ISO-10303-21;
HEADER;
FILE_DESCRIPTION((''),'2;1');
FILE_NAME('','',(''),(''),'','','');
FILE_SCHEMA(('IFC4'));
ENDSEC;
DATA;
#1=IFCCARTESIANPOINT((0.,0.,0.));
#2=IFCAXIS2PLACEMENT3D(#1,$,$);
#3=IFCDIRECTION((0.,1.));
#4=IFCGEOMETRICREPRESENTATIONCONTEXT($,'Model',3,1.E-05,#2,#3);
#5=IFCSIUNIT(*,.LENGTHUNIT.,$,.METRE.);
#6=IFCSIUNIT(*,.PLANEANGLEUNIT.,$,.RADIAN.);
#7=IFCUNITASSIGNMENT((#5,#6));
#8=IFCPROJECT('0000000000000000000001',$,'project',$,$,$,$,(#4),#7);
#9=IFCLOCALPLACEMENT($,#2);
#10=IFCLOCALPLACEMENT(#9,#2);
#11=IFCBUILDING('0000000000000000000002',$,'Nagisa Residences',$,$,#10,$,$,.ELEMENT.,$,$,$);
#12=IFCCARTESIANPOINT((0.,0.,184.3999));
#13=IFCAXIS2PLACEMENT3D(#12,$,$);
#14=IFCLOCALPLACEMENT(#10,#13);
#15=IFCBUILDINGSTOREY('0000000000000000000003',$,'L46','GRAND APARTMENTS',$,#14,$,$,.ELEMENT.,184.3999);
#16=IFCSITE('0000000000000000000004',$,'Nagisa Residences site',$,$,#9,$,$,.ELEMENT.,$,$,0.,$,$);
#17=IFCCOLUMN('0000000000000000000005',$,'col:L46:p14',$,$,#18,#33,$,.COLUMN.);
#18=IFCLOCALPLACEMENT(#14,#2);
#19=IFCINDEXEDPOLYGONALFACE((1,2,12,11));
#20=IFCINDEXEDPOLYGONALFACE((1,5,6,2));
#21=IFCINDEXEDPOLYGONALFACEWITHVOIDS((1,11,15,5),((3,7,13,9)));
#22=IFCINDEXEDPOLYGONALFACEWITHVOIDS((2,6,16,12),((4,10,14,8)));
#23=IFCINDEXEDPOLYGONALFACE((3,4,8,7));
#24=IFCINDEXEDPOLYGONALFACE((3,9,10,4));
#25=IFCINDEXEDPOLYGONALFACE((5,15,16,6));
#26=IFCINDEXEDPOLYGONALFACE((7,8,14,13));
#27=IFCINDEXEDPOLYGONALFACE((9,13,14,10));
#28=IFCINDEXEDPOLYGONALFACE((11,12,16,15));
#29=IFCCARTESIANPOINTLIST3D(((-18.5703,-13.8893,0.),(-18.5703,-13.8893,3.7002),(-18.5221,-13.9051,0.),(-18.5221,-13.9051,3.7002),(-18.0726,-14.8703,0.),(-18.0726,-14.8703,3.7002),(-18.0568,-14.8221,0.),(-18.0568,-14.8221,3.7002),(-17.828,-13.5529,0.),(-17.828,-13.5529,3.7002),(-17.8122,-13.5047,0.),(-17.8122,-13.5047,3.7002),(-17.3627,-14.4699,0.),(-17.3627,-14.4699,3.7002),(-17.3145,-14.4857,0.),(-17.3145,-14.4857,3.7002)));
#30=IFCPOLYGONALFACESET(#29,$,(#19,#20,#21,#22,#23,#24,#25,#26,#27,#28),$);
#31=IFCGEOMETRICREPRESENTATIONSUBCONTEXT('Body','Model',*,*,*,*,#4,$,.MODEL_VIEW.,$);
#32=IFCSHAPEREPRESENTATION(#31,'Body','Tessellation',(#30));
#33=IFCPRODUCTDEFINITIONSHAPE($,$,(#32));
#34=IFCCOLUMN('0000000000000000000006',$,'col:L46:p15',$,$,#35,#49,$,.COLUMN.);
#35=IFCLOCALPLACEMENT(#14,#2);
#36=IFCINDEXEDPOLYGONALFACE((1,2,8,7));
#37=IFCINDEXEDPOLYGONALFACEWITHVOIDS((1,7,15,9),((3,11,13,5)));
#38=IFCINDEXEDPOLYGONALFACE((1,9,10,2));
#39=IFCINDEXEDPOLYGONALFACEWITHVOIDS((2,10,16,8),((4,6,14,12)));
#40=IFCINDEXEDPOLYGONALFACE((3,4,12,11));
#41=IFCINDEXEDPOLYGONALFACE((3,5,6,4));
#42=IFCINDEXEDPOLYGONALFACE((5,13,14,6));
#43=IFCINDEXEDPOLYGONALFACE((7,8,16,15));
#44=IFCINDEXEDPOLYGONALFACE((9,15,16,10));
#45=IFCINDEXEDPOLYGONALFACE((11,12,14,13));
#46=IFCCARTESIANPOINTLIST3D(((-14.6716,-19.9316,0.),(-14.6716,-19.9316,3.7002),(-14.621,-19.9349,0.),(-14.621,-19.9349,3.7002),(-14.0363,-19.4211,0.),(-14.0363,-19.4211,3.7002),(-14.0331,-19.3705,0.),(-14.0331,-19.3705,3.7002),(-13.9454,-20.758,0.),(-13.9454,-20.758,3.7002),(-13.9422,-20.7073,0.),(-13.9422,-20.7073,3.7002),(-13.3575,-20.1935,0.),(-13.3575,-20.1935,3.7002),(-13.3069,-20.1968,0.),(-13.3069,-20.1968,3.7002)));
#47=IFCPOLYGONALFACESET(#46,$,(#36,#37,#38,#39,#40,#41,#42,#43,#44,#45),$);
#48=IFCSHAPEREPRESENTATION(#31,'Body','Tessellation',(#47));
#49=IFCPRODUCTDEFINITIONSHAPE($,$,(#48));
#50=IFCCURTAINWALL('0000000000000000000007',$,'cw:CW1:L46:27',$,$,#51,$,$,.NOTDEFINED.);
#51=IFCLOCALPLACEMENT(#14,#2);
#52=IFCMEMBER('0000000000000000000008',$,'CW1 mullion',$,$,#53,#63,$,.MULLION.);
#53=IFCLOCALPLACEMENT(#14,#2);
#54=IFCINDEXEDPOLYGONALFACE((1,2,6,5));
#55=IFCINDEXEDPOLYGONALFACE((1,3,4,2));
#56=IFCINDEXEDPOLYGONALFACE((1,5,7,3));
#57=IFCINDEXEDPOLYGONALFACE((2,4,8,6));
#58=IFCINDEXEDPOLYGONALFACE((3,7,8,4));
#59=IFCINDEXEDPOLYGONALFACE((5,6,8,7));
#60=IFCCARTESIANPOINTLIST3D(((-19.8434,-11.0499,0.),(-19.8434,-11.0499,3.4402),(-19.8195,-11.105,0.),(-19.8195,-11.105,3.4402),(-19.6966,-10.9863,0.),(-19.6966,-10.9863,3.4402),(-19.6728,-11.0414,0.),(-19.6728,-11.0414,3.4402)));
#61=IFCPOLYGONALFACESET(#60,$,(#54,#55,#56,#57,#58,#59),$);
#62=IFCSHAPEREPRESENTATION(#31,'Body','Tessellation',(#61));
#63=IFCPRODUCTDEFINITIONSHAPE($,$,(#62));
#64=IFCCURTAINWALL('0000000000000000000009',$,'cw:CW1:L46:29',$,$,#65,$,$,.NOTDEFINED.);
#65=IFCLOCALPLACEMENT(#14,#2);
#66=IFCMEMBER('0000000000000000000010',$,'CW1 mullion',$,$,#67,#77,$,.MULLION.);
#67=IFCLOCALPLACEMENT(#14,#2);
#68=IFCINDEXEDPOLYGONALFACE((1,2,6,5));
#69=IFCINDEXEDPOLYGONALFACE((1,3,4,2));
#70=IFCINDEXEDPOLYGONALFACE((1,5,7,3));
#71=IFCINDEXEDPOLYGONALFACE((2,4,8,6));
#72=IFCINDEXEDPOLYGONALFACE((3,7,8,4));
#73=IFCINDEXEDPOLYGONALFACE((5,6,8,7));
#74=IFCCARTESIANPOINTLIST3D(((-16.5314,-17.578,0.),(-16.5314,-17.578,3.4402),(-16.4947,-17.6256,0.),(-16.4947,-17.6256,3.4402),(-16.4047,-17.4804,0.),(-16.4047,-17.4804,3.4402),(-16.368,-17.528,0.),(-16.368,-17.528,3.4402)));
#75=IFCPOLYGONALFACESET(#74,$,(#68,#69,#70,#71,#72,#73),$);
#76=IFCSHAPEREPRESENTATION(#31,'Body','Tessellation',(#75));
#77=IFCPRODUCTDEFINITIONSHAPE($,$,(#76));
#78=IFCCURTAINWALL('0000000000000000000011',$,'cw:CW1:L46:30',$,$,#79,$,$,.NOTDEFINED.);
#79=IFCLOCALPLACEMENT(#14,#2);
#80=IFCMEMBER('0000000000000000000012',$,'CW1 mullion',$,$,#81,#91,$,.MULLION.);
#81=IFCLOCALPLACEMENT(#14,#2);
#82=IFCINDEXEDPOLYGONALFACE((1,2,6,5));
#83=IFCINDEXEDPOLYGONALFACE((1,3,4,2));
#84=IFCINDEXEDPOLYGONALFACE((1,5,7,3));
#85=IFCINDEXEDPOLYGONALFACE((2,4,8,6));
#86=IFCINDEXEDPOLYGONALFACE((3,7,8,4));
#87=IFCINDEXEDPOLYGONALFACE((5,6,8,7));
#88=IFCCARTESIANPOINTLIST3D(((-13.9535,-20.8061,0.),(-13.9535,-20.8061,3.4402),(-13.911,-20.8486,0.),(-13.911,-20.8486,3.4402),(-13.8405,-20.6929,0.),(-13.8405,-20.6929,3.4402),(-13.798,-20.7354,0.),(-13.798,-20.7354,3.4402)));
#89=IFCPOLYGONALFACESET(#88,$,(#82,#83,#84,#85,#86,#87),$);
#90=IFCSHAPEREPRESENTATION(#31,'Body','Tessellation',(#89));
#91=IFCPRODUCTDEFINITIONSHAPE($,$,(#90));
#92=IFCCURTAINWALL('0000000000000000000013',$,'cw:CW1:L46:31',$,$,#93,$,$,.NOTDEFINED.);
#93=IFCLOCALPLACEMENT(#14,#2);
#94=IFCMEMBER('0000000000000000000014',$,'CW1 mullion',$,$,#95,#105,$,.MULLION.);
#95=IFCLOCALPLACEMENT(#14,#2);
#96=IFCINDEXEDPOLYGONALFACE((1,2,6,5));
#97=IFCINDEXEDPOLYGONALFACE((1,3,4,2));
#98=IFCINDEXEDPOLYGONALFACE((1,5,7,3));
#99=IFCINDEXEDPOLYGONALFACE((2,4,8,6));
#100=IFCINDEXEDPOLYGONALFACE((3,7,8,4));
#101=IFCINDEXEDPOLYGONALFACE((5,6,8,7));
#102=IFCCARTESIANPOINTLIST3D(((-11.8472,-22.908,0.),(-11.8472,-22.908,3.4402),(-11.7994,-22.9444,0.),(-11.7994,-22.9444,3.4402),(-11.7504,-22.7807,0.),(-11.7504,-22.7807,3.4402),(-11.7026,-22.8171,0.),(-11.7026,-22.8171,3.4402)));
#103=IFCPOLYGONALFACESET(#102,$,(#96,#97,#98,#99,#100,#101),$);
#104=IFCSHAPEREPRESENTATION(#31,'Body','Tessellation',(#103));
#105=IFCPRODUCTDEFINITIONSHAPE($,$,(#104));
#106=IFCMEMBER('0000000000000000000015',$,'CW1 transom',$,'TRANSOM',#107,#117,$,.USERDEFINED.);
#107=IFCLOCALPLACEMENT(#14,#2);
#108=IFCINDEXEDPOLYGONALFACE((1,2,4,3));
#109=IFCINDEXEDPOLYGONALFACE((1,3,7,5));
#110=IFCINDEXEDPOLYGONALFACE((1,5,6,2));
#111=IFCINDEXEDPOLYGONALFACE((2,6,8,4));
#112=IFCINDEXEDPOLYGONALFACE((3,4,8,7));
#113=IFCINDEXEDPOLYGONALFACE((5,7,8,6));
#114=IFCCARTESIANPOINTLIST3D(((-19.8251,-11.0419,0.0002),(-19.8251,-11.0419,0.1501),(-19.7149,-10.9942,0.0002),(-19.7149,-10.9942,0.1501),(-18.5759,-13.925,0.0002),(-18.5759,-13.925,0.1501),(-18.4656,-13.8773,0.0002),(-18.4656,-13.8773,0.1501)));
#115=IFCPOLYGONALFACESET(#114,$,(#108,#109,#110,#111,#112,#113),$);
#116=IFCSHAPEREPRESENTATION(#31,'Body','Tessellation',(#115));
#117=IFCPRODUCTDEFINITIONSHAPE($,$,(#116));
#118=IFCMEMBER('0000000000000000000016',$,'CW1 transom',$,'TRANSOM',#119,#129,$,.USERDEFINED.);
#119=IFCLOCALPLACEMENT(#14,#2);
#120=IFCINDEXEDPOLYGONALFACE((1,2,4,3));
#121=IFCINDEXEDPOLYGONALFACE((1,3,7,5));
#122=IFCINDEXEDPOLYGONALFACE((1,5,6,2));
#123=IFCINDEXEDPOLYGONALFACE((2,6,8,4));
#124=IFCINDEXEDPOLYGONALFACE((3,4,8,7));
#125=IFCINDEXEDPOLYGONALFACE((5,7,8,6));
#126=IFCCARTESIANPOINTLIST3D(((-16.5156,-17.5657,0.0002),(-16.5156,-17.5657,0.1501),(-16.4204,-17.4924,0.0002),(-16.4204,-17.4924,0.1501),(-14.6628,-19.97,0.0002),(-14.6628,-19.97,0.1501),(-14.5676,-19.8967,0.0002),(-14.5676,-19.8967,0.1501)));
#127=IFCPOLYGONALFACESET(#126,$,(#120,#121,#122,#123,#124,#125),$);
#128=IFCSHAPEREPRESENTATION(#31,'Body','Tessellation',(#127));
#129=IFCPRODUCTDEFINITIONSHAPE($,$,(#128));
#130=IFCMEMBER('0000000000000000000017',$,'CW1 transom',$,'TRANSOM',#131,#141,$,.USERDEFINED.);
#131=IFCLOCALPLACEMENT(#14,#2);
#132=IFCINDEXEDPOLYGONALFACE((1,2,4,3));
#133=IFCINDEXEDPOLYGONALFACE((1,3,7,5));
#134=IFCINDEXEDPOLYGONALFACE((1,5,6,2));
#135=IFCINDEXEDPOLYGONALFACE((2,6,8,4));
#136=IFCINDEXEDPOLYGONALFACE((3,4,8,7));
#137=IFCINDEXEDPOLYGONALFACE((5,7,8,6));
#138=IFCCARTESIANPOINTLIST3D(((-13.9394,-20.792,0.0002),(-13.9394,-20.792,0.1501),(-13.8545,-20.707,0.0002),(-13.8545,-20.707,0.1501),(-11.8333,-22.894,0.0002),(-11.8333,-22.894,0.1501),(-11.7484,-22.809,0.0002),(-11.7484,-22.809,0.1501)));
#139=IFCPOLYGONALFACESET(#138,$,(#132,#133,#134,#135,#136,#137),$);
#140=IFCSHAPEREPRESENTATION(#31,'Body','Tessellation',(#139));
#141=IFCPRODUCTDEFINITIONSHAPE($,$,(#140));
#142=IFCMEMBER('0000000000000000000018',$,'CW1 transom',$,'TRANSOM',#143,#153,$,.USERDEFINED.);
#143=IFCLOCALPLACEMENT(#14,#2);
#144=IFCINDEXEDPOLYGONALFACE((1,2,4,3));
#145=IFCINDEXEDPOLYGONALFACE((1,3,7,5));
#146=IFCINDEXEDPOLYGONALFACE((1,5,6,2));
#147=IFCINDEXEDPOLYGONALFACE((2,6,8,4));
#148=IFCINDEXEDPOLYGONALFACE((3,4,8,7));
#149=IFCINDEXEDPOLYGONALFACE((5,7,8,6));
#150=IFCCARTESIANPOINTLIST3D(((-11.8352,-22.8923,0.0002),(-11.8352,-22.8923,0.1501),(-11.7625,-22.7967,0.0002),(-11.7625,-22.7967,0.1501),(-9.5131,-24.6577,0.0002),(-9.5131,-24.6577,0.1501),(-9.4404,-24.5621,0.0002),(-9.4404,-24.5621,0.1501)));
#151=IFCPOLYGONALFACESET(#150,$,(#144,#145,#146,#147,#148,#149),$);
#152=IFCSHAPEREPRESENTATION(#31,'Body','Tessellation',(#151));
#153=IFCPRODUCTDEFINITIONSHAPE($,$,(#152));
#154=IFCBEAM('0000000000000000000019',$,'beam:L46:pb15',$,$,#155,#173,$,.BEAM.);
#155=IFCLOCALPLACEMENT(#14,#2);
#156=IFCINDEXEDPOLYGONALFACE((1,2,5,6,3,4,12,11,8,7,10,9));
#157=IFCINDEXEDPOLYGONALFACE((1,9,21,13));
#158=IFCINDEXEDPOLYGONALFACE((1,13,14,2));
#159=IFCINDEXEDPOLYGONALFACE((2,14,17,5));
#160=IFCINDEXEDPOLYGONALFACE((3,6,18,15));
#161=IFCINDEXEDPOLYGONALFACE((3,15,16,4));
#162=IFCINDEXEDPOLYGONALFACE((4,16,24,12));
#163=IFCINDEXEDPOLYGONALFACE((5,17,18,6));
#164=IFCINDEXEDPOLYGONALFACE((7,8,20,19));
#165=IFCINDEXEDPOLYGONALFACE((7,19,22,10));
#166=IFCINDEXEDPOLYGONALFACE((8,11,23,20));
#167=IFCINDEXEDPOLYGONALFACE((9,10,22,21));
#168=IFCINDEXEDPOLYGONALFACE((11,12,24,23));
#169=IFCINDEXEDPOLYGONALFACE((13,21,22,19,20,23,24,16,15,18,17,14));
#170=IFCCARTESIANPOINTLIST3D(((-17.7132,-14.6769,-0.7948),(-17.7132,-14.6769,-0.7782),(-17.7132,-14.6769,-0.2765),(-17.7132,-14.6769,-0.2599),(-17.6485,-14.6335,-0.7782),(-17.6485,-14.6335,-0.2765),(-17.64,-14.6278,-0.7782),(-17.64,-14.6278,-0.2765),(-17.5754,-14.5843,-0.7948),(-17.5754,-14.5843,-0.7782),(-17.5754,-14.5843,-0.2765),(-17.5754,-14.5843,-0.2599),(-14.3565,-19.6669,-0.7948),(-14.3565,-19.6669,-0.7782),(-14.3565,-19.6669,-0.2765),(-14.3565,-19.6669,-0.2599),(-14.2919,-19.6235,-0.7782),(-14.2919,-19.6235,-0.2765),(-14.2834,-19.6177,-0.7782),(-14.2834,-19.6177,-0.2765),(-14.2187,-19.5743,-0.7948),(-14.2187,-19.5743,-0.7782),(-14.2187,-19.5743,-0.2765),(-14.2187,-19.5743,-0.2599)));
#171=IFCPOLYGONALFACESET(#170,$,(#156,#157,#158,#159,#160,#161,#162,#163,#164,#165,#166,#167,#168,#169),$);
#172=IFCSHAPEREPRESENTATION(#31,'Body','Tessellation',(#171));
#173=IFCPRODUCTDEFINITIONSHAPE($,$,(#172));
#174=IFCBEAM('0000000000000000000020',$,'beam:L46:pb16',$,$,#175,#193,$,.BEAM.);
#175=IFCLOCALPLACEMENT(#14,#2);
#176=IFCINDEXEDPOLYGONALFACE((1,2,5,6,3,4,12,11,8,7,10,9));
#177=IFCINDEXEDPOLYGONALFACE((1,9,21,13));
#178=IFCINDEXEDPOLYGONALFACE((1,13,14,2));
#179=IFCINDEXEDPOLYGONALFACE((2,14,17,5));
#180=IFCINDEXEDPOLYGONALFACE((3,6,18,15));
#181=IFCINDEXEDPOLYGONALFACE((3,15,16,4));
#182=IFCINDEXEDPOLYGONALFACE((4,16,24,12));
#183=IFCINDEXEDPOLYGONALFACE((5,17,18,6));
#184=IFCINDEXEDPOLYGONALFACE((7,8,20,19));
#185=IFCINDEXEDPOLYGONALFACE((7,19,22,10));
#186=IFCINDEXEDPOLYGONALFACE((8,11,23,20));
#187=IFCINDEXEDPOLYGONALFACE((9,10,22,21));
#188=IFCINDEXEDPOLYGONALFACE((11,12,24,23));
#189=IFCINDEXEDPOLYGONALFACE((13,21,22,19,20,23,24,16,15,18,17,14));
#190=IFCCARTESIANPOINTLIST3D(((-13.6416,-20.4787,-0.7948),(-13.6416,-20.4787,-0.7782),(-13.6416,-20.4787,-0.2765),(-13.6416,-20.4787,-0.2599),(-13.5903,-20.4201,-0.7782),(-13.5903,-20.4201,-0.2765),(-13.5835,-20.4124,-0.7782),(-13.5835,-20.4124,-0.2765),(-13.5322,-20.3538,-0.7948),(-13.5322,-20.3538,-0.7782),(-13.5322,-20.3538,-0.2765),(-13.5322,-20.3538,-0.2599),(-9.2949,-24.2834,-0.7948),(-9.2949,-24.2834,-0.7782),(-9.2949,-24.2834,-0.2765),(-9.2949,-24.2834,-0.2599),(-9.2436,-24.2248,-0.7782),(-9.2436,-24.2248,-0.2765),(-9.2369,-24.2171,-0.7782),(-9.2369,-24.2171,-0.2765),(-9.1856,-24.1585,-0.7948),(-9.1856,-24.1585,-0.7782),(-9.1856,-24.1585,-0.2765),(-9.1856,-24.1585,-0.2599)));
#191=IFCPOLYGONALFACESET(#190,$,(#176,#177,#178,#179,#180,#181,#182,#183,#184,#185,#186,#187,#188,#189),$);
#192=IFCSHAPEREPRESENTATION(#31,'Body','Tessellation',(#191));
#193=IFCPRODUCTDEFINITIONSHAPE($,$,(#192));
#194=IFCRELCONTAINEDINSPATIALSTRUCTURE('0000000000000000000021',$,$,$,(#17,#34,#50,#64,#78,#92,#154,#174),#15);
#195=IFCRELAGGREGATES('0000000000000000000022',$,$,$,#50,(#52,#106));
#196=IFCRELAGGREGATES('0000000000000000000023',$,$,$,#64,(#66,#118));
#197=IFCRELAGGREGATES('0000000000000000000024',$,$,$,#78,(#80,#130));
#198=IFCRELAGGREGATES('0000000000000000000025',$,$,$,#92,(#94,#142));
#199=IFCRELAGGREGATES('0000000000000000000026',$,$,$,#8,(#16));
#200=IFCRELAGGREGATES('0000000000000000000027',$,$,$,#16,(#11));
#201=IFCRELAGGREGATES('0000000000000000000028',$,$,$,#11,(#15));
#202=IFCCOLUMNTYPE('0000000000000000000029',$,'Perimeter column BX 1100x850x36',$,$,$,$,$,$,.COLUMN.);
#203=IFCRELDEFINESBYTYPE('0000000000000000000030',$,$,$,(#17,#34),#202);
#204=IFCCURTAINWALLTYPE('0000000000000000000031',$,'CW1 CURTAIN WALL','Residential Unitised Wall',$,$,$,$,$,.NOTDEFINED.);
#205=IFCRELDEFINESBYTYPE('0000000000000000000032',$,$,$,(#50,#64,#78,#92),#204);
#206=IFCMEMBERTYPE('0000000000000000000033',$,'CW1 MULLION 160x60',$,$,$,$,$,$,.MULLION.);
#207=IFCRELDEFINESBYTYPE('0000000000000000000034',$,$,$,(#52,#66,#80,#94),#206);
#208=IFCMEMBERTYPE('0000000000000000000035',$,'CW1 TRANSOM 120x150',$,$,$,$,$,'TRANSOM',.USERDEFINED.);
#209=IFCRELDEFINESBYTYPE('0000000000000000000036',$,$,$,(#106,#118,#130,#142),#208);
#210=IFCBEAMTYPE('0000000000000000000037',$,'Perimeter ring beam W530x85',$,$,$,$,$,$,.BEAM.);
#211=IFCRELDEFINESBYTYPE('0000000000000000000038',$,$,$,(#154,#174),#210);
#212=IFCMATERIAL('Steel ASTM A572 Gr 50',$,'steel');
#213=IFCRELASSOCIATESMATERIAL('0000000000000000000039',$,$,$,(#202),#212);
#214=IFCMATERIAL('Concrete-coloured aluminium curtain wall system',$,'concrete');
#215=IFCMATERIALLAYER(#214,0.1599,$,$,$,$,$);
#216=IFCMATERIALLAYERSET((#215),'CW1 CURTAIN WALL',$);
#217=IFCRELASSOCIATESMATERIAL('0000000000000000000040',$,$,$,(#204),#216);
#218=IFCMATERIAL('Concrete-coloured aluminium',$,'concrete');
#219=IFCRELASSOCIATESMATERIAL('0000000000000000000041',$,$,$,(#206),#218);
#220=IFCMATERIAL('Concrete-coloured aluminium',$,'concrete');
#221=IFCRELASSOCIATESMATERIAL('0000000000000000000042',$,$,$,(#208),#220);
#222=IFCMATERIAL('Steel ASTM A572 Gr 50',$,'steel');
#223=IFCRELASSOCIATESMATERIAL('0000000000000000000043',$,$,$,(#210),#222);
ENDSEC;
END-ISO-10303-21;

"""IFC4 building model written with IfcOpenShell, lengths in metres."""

from ifc_helpers import new_model, si_unit, direction, frame, origin, origin_2d, place, context, subcontext, project, spatial, rectangle, hollow_rectangle, i_section, extrude, material, layer, layer_set, material_profile, profile_set, type_object, element, aggregate, save


model = new_model("IFC4")

# Units and contexts
model_context = context("Model", 3, precision=1e-05, world=origin(), true_north=direction((0.0, 1.0)))
body_context = subcontext(model_context, "Body", "Model", "MODEL_VIEW")
ifc_project = project(units=[si_unit("LENGTHUNIT", "METRE"), si_unit("PLANEANGLEUNIT", "RADIAN")], contexts=[model_context])

# Site, building, storey
site_placement = place(None, origin())
site = spatial("IfcSite", under=ifc_project, at=site_placement, Name="Nagisa Residences site", CompositionType="ELEMENT", RefElevation=0.0)
building_placement = place(site_placement, origin())
building = spatial("IfcBuilding", under=site, at=building_placement, Name="Nagisa Residences", CompositionType="ELEMENT")
storey_placement = place(building_placement, frame((0.0, 0.0, 184.3999)))
storey = spatial("IfcBuildingStorey", under=building, at=storey_placement, Name="L46", Description="GRAND APARTMENTS", CompositionType="ELEMENT", Elevation=184.3999)

# Columns
ifc_material_1 = material(Name="Steel ASTM A572 Gr 50", Category="steel")
ifc_material_profile_1 = material_profile(ifc_material_1, hollow_rectangle(XDim=1.1001, YDim=0.8501, WallThickness=0.0359, at=origin_2d()), Name="BX 1100x850x36")
ifc_profile_set_1 = profile_set([ifc_material_profile_1], Name="Steel ASTM A572 Gr 50")
column_type = type_object("IfcColumnType", Name="Perimeter column BX 1100x850x36", PredefinedType="COLUMN", material=ifc_profile_set_1)
for number, where, z_axis, x_axis, name in (
    (1, (-17.9424, -14.1875, 0.0), (0.0, 0.0, 1.0), (0.452463, -0.891783, 0.0), "col:L46:p14"),
    (2, (-13.9893, -20.0642, 0.0), (0.0, 0.0, 1.0), (0.660115, -0.751165, 0.0), "col:L46:p15"),
):
    element("IfcColumn", number, at=place(storey_placement, frame(where, z_axis=z_axis, x_axis=x_axis)), inside=storey, type_object=column_type, Name=name, PredefinedType="COLUMN", context=body_context, shape_type="SweptSolid", body=[
        extrude(hollow_rectangle(XDim=1.1001, YDim=0.8501, WallThickness=0.0359, at=origin_2d()), origin(), (0.0, 0.0, 1.0), 3.7002),
    ])

# Curtain walls, members
ifc_material_2 = material(Name="Concrete-coloured aluminium curtain wall system", Category="concrete")
ifc_layer_1 = layer(ifc_material_2, 0.1599)
ifc_layer_set_1 = layer_set([ifc_layer_1], Name="CW1 CURTAIN WALL")
curtain_wall_type = type_object("IfcCurtainWallType", Name="CW1 CURTAIN WALL", Description="Residential Unitised Wall", PredefinedType="NOTDEFINED", material=ifc_layer_set_1)
curtain_wall_1_placement = place(storey_placement, origin())
curtain_wall_1 = element("IfcCurtainWall", 3, at=curtain_wall_1_placement, inside=storey, type_object=curtain_wall_type, Name="cw:CW1:L46:27", PredefinedType="NOTDEFINED")
ifc_material_3 = material(Name="Concrete-coloured aluminium", Category="concrete")
ifc_material_profile_2 = material_profile(ifc_material_3, rectangle(XDim=0.1599, YDim=0.0601, at=origin_2d()), Name="CW1 MULLION 160x60")
ifc_profile_set_2 = profile_set([ifc_material_profile_2], Name="Concrete-coloured aluminium")
member_type_1 = type_object("IfcMemberType", Name="CW1 MULLION 160x60", PredefinedType="MULLION", material=ifc_profile_set_2)
member_1_placement = place(storey_placement, frame((-19.7581, -11.0457, 0.0), z_axis=(0.0, 0.0, 1.0), x_axis=(0.917543, 0.397636, 0.0)))
member_1 = element("IfcMember", 4, at=member_1_placement, type_object=member_type_1, Name="CW1 mullion", PredefinedType="MULLION", context=body_context, shape_type="SweptSolid", body=[
    extrude(rectangle(XDim=0.1599, YDim=0.0601, at=origin_2d()), origin(), (0.0, 0.0, 1.0), 3.4402),
])
curtain_wall_2_placement = place(storey_placement, origin())
curtain_wall_2 = element("IfcCurtainWall", 5, at=curtain_wall_2_placement, inside=storey, type_object=curtain_wall_type, Name="cw:CW1:L46:29", PredefinedType="NOTDEFINED")
member_2_placement = place(storey_placement, frame((-16.4497, -17.553, 0.0), z_axis=(0.0, 0.0, 1.0), x_axis=(0.79207, 0.61043, 0.0)))
member_2 = element("IfcMember", 6, at=member_2_placement, type_object=member_type_1, Name="CW1 mullion", PredefinedType="MULLION", context=body_context, shape_type="SweptSolid", body=[
    extrude(rectangle(XDim=0.1599, YDim=0.0601, at=origin_2d()), origin(), (0.0, 0.0, 1.0), 3.4402),
])
curtain_wall_3_placement = place(storey_placement, origin())
curtain_wall_3 = element("IfcCurtainWall", 7, at=curtain_wall_3_placement, inside=storey, type_object=curtain_wall_type, Name="cw:CW1:L46:30", PredefinedType="NOTDEFINED")
member_3_placement = place(storey_placement, frame((-13.8757, -20.7708, 0.0), z_axis=(0.0, 0.0, 1.0), x_axis=(0.706377, 0.707836, 0.0)))
member_3 = element("IfcMember", 8, at=member_3_placement, type_object=member_type_1, Name="CW1 mullion", PredefinedType="MULLION", context=body_context, shape_type="SweptSolid", body=[
    extrude(rectangle(XDim=0.1599, YDim=0.0601, at=origin_2d()), origin(), (0.0, 0.0, 1.0), 3.4402),
])
curtain_wall_4_placement = place(storey_placement, origin())
curtain_wall_4 = element("IfcCurtainWall", 9, at=curtain_wall_4_placement, inside=storey, type_object=curtain_wall_type, Name="cw:CW1:L46:31", PredefinedType="NOTDEFINED")
member_4_placement = place(storey_placement, frame((-11.7749, -22.8625, 0.0), z_axis=(0.0, 0.0, 1.0), x_axis=(0.605255, 0.796031, 0.0)))
member_4 = element("IfcMember", 10, at=member_4_placement, type_object=member_type_1, Name="CW1 mullion", PredefinedType="MULLION", context=body_context, shape_type="SweptSolid", body=[
    extrude(rectangle(XDim=0.1599, YDim=0.0601, at=origin_2d()), origin(), (0.0, 0.0, 1.0), 3.4402),
])

# Members
ifc_material_4 = material(Name="Concrete-coloured aluminium", Category="concrete")
ifc_material_profile_3 = material_profile(ifc_material_4, rectangle(XDim=0.1201, YDim=0.1499, at=origin_2d()), Name="CW1 TRANSOM 120x150")
ifc_profile_set_3 = profile_set([ifc_material_profile_3], Name="Concrete-coloured aluminium")
member_type_2 = type_object("IfcMemberType", Name="CW1 TRANSOM 120x150", ElementType="TRANSOM", PredefinedType="USERDEFINED", material=ifc_profile_set_3)
member_5_placement = place(storey_placement, frame((-19.77, -11.0181, 0.0752), z_axis=(0.397592, -0.917562, 0.0), x_axis=(0.917562, 0.397592, 0.0)))
member_5 = element("IfcMember", 11, at=member_5_placement, type_object=member_type_2, Name="CW1 transom", ObjectType="TRANSOM", PredefinedType="USERDEFINED", context=body_context, shape_type="SweptSolid", body=[
    extrude(rectangle(XDim=0.1201, YDim=0.1499, at=origin_2d()), origin(), (0.0, 0.0, 1.0), 3.1421),
])
member_6_placement = place(storey_placement, frame((-16.468, -17.5291, 0.0752), z_axis=(0.610399, -0.792094, 0.0), x_axis=(0.792094, 0.610399, 0.0)))
member_6 = element("IfcMember", 12, at=member_6_placement, type_object=member_type_2, Name="CW1 transom", ObjectType="TRANSOM", PredefinedType="USERDEFINED", context=body_context, shape_type="SweptSolid", body=[
    extrude(rectangle(XDim=0.1201, YDim=0.1499, at=origin_2d()), origin(), (0.0, 0.0, 1.0), 3.0354),
])
member_7_placement = place(storey_placement, frame((-13.897, -20.7495, 0.0752), z_axis=(0.707804, -0.706409, 0.0), x_axis=(0.706409, 0.707804, 0.0)))
member_7 = element("IfcMember", 13, at=member_7_placement, type_object=member_type_2, Name="CW1 transom", ObjectType="TRANSOM", PredefinedType="USERDEFINED", context=body_context, shape_type="SweptSolid", body=[
    extrude(rectangle(XDim=0.1201, YDim=0.1499, at=origin_2d()), origin(), (0.0, 0.0, 1.0), 2.9756),
])
member_8_placement = place(storey_placement, frame((-11.7988, -22.8445, 0.0752), z_axis=(0.796056, -0.605223, 0.0), x_axis=(0.605223, 0.796056, 0.0)))
member_8 = element("IfcMember", 14, at=member_8_placement, type_object=member_type_2, Name="CW1 transom", ObjectType="TRANSOM", PredefinedType="USERDEFINED", context=body_context, shape_type="SweptSolid", body=[
    extrude(rectangle(XDim=0.1201, YDim=0.1499, at=origin_2d()), origin(), (0.0, 0.0, 1.0), 2.917),
])

# Beams
ifc_material_5 = material(Name="Steel ASTM A572 Gr 50", Category="steel")
ifc_material_profile_4 = material_profile(ifc_material_5, i_section(OverallWidth=0.166, OverallDepth=0.5349, WebThickness=0.0103, FlangeThickness=0.0166, at=origin_2d()), Name="W530x85")
ifc_profile_set_4 = profile_set([ifc_material_profile_4], Name="Steel ASTM A572 Gr 50")
beam_type_1 = type_object("IfcBeamType", Name="Perimeter ring beam W530x85", PredefinedType="BEAM", material=ifc_profile_set_4)
beam_1_placement = place(storey_placement, frame((-17.6443, -14.6306, -0.5273), z_axis=(0.558152, -0.829739, 0.0), x_axis=(0.829739, 0.558152, 0.0)))
element("IfcBeam", 15, at=beam_1_placement, inside=storey, type_object=beam_type_1, Name="beam:L46:pb15", PredefinedType="BEAM", context=body_context, shape_type="SweptSolid", body=[
    extrude(i_section(OverallWidth=0.166, OverallDepth=0.5349, WebThickness=0.0103, FlangeThickness=0.0166, at=origin_2d()), origin(), (0.0, 0.0, 1.0), 6.0139),
])
beam_2_placement = place(storey_placement, frame((-13.5869, -20.4163, -0.5273), z_axis=(0.752461, -0.658636, 0.0), x_axis=(0.658636, 0.752461, 0.0)))
element("IfcBeam", 16, at=beam_2_placement, inside=storey, type_object=beam_type_1, Name="beam:L46:pb16", PredefinedType="BEAM", context=body_context, shape_type="SweptSolid", body=[
    extrude(i_section(OverallWidth=0.166, OverallDepth=0.5349, WebThickness=0.0103, FlangeThickness=0.0166, at=origin_2d()), origin(), (0.0, 0.0, 1.0), 5.7766),
])

aggregate(curtain_wall_1, [member_1, member_5])
aggregate(curtain_wall_2, [member_2, member_6])
aggregate(curtain_wall_3, [member_3, member_7])
aggregate(curtain_wall_4, [member_4, member_8])

save(model, "model.ifc")
